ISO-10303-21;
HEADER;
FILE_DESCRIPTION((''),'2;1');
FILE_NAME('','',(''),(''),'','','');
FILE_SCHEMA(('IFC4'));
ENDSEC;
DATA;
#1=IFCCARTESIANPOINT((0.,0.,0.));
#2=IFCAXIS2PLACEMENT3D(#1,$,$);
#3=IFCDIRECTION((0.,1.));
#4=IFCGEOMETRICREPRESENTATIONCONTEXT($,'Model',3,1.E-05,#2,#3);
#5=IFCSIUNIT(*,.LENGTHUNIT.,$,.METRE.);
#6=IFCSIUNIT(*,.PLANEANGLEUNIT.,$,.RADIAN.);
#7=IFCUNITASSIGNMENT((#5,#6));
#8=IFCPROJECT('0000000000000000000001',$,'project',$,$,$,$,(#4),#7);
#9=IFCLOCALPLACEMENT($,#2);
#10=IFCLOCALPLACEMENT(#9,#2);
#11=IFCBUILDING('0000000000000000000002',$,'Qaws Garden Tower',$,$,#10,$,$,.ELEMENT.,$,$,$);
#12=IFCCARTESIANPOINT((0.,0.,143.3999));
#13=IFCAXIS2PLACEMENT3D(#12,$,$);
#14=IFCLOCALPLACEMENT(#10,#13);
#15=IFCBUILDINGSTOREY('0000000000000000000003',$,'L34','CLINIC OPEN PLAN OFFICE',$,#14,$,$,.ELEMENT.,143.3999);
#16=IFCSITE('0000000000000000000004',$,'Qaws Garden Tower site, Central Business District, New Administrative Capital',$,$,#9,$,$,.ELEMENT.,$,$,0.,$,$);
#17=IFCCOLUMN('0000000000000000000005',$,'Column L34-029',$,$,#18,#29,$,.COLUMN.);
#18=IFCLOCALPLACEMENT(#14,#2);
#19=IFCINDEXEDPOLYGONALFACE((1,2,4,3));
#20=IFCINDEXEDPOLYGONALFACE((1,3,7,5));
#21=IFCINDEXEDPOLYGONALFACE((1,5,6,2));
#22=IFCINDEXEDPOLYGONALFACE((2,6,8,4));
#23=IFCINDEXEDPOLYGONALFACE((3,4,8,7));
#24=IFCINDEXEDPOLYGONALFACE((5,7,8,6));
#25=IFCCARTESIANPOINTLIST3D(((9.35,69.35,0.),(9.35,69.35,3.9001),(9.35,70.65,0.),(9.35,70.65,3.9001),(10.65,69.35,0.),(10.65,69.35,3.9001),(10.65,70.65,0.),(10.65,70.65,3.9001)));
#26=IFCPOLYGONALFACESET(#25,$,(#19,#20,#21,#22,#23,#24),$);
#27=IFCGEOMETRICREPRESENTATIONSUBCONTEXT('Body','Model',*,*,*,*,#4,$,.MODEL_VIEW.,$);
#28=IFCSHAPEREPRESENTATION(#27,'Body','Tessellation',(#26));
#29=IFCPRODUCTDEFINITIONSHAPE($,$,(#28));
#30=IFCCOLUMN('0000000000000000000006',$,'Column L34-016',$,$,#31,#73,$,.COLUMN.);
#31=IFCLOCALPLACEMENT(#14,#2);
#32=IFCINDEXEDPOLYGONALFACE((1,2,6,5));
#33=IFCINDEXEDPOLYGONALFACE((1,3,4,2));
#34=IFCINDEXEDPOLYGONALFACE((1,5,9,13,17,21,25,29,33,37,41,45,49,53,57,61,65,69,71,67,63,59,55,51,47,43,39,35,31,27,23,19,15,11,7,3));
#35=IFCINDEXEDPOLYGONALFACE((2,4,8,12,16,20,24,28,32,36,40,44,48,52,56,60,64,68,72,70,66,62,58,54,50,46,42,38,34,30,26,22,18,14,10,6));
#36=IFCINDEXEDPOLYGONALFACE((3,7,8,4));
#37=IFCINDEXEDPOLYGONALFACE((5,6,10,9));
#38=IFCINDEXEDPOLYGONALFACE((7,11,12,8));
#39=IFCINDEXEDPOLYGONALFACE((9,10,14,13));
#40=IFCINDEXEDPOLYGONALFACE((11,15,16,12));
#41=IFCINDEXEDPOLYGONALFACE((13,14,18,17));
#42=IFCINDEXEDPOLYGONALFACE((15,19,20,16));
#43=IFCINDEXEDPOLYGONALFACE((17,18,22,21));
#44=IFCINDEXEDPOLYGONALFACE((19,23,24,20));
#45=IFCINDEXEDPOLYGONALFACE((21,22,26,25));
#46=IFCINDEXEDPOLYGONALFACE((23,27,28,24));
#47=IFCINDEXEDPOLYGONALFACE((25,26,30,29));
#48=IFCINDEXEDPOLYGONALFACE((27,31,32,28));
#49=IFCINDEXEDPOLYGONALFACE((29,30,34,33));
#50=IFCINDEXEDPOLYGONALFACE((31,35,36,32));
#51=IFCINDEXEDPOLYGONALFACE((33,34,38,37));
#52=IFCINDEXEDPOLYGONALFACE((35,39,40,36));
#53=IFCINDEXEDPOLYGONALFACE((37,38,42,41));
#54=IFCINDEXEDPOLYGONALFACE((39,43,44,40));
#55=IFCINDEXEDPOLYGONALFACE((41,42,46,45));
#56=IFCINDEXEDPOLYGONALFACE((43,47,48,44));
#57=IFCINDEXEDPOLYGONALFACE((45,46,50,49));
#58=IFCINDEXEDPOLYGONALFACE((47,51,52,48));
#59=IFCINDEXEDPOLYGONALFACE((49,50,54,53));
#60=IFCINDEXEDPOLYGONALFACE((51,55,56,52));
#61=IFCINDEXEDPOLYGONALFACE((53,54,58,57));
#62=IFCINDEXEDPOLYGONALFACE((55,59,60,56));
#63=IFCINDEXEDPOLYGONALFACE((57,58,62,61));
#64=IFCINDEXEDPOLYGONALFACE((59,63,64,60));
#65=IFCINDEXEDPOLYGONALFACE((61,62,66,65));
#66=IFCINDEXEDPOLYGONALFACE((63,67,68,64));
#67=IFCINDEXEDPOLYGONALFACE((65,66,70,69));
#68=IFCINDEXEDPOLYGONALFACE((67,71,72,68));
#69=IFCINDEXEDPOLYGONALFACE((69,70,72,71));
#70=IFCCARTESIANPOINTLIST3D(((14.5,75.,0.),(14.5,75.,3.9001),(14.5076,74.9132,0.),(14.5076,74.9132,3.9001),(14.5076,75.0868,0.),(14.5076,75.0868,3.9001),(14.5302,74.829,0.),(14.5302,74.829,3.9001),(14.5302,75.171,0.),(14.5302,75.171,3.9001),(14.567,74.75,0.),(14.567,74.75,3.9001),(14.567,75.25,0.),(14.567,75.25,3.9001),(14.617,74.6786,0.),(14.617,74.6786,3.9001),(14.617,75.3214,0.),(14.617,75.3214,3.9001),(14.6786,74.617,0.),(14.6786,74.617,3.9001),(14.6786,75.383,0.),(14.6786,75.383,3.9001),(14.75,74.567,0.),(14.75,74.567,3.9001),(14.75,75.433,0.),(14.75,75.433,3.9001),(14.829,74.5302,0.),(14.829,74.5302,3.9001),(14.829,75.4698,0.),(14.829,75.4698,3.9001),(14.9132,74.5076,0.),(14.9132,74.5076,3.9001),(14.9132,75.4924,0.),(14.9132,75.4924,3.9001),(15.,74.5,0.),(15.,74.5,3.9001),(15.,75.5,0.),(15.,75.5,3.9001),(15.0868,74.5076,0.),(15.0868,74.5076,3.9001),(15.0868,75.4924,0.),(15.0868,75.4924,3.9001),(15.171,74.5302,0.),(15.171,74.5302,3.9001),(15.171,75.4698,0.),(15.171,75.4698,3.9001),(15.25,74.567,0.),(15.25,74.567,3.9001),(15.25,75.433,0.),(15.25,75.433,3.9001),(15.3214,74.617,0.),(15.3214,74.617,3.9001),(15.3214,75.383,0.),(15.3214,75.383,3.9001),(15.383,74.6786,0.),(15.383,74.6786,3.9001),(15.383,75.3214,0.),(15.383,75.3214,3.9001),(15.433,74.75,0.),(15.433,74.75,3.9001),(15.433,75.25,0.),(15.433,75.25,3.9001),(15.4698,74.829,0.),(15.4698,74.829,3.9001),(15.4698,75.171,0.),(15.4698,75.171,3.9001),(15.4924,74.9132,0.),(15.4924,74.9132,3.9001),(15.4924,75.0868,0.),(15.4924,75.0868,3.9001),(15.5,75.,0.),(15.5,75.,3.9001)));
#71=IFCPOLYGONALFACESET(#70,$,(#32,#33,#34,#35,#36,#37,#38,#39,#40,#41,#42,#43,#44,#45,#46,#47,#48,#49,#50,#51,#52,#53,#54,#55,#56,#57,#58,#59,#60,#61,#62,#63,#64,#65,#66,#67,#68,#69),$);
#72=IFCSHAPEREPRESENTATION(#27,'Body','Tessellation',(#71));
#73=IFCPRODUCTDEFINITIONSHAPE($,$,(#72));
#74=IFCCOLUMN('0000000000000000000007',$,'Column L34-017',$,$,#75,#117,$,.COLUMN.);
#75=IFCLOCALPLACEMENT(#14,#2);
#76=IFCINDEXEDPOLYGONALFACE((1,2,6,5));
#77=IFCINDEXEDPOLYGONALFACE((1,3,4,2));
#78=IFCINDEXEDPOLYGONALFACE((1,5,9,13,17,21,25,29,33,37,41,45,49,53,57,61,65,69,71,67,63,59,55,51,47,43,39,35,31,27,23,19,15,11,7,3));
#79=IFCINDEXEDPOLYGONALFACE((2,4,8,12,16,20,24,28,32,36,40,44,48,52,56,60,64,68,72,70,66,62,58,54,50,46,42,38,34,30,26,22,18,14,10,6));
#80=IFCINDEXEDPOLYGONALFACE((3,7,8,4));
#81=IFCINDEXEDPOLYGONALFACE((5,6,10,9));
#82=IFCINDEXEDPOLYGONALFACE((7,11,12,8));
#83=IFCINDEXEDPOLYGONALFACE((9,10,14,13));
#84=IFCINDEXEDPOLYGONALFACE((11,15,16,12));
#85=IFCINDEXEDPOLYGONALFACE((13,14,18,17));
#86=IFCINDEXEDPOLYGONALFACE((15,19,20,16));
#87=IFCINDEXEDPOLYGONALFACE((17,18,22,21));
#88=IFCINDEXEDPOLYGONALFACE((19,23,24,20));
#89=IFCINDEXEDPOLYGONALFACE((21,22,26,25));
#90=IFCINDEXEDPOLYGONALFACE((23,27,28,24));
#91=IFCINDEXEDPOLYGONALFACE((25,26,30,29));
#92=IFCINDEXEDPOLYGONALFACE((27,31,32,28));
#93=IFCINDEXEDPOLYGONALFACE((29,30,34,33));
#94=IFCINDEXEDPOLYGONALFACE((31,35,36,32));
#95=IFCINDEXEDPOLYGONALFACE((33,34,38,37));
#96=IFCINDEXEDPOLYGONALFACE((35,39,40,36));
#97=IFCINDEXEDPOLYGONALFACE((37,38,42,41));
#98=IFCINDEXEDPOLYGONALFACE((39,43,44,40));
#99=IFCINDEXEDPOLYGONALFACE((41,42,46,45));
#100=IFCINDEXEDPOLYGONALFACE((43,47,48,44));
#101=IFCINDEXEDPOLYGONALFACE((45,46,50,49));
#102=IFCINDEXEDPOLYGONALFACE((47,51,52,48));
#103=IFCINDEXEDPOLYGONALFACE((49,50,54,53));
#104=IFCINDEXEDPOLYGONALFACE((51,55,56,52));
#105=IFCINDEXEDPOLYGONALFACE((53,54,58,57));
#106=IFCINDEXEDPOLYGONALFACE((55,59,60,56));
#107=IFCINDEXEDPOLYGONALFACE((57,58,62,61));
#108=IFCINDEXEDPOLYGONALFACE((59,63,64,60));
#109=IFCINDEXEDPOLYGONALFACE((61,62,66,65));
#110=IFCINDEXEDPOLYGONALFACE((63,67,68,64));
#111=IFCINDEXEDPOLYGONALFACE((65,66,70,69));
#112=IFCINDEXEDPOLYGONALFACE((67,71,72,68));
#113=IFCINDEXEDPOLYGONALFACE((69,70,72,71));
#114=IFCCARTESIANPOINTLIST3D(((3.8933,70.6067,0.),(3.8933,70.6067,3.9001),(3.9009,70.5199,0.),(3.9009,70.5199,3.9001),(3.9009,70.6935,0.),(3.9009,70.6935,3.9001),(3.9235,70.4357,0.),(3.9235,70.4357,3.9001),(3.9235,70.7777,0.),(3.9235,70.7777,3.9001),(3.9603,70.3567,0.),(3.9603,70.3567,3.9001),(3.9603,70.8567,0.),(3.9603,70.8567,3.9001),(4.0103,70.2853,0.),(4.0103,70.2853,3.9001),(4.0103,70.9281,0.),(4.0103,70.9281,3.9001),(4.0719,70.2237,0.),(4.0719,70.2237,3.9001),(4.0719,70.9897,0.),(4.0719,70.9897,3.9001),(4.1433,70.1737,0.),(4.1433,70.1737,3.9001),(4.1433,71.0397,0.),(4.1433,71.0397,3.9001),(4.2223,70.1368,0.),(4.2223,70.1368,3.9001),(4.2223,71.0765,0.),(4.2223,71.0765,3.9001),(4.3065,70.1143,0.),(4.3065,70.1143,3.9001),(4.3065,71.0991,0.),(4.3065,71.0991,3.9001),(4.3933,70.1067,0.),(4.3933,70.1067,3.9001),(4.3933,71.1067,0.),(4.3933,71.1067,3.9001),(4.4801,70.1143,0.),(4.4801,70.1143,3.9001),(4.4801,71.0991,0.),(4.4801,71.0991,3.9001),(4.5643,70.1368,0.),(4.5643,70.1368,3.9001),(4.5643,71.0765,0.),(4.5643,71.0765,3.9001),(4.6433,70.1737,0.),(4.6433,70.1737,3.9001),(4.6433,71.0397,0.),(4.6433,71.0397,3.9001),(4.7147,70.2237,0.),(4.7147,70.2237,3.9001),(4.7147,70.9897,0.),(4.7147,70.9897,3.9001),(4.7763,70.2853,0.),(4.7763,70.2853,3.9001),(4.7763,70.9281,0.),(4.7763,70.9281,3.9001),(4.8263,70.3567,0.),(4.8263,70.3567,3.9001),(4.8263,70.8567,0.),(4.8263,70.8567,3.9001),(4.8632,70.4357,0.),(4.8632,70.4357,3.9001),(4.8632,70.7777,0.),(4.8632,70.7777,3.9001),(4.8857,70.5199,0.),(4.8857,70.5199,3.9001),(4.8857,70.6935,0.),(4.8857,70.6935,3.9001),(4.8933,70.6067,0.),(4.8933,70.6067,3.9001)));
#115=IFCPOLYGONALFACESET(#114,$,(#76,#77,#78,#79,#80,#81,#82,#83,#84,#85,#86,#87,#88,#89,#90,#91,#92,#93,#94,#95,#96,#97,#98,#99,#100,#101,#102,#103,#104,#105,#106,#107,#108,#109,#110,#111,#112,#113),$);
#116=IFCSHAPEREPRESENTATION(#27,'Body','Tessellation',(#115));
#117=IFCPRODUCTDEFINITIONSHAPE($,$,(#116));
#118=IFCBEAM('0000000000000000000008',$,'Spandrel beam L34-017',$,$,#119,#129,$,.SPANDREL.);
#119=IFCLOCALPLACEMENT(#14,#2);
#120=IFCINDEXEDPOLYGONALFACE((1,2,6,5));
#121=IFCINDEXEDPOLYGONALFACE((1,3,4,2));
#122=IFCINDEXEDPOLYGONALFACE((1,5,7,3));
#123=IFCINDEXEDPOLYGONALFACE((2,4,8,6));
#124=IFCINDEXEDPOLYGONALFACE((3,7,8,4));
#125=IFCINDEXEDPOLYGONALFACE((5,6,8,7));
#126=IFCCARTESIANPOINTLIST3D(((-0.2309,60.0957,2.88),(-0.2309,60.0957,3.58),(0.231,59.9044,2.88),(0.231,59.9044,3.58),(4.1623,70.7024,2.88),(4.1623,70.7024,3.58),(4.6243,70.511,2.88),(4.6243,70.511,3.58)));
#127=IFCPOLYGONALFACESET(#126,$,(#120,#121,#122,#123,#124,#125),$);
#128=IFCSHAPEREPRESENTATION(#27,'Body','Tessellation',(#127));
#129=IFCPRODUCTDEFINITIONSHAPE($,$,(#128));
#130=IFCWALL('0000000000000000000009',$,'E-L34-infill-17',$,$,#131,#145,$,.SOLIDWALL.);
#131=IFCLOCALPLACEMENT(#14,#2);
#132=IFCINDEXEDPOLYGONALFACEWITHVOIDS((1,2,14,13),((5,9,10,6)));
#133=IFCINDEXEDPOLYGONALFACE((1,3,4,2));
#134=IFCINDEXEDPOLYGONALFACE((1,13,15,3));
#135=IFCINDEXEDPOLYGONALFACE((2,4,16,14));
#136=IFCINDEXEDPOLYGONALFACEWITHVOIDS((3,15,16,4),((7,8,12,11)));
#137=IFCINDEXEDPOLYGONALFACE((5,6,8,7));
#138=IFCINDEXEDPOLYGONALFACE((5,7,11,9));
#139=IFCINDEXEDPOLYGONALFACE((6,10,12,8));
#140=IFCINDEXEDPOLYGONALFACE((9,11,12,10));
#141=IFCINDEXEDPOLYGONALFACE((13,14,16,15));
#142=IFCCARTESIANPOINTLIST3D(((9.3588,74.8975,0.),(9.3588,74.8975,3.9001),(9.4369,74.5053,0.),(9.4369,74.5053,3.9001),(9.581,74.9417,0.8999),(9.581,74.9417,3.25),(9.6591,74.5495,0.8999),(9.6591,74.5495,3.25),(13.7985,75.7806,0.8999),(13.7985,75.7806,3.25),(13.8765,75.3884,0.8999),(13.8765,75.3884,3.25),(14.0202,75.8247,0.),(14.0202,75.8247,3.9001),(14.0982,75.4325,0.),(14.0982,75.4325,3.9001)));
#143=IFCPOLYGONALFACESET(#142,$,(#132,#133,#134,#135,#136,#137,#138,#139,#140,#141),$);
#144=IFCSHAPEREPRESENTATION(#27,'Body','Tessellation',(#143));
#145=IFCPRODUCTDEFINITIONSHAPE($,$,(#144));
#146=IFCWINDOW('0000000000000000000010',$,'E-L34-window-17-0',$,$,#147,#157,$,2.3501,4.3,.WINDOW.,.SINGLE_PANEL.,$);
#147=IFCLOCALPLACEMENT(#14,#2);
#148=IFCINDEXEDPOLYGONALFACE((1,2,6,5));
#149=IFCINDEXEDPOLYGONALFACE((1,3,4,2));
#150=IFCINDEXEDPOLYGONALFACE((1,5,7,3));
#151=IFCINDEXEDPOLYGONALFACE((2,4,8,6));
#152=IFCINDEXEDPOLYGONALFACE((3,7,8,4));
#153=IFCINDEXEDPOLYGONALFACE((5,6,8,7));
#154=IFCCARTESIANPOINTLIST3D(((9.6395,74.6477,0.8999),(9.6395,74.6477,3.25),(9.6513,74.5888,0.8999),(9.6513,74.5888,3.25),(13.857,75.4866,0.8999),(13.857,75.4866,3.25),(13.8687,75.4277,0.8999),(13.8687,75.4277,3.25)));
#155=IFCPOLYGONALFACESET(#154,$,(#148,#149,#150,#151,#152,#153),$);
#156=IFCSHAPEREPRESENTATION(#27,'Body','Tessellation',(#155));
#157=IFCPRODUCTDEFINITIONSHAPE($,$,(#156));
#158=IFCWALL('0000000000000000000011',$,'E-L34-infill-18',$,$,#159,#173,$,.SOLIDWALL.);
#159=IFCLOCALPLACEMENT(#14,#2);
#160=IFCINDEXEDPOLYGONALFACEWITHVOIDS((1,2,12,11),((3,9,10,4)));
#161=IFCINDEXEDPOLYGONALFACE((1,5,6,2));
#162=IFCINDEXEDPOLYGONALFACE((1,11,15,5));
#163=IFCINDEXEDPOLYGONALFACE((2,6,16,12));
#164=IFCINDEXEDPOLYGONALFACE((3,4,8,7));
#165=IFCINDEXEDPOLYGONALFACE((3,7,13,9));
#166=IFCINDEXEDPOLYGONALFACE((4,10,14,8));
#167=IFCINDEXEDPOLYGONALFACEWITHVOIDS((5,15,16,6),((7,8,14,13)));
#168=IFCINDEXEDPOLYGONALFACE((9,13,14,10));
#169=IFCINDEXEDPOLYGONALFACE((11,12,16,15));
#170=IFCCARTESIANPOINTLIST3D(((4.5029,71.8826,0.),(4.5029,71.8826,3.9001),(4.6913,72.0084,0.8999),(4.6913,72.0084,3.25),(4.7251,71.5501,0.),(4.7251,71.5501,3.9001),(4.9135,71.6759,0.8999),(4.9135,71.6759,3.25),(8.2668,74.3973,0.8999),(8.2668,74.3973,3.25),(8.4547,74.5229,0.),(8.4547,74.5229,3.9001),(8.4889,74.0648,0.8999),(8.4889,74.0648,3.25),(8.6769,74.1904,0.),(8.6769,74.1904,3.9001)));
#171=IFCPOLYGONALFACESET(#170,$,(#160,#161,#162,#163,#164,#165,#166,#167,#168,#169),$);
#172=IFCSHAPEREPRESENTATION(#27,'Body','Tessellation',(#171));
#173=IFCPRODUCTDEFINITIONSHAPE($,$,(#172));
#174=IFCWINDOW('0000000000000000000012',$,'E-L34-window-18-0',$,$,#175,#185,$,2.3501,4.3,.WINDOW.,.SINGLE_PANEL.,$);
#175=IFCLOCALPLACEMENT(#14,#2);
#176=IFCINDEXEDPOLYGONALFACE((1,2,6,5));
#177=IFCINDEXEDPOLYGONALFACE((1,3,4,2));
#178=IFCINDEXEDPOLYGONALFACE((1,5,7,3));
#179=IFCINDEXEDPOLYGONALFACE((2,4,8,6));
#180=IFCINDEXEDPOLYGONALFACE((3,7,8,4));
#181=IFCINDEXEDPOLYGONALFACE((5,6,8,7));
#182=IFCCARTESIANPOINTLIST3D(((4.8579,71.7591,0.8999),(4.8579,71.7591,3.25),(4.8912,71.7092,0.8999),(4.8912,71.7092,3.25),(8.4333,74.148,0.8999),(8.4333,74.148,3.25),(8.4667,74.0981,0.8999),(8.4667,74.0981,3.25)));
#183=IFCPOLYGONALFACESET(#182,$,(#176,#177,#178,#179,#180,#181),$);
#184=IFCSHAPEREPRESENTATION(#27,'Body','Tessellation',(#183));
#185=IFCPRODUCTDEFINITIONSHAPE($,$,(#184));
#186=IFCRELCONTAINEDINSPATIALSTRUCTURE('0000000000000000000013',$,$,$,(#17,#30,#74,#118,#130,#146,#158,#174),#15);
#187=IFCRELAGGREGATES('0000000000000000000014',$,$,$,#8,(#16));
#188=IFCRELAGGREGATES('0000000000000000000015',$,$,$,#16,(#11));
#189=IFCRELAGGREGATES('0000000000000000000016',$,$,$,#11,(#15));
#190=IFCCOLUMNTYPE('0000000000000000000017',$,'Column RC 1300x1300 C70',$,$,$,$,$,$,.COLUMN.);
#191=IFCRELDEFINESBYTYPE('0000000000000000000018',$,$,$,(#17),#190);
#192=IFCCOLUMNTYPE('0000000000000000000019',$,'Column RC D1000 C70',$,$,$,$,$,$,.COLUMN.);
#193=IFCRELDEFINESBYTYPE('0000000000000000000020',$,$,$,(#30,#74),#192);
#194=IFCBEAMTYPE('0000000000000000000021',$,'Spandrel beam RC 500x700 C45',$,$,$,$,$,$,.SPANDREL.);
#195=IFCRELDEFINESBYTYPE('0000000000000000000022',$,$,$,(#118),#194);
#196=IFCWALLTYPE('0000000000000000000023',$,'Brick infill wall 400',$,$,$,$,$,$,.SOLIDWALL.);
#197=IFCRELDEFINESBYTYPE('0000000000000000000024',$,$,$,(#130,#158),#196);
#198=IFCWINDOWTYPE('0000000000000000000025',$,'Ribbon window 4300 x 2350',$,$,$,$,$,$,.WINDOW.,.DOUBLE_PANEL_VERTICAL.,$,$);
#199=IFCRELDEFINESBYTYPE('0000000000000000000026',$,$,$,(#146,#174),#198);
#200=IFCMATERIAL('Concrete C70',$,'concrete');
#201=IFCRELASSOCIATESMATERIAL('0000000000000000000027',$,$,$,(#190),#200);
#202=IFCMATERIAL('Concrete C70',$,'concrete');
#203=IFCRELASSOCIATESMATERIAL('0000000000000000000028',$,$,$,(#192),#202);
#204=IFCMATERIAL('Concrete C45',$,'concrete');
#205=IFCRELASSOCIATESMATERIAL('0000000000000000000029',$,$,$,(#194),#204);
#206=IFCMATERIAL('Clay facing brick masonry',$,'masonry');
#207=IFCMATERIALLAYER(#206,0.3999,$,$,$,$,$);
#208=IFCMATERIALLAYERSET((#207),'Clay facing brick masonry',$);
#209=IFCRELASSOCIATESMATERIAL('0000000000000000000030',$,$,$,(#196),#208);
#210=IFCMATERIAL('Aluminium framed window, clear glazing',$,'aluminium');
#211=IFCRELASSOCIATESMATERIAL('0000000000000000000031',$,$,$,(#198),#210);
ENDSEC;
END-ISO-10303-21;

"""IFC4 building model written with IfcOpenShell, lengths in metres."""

from ifc_helpers import new_model, si_unit, direction, frame, frame_2d, origin, origin_2d, place, context, subcontext, project, spatial, rectangle, circle, extrude, material, layer, layer_set, material_profile, profile_set, type_object, element, fill, save


model = new_model("IFC4")

# Units and contexts
model_context = context("Model", 3, precision=1e-05, world=origin(), true_north=direction((0.0, 1.0)))
body_context = subcontext(model_context, "Body", "Model", "MODEL_VIEW")
ifc_project = project(units=[si_unit("LENGTHUNIT", "METRE"), si_unit("PLANEANGLEUNIT", "RADIAN")], contexts=[model_context])

# Site, building, storey
site_placement = place(None, origin())
site = spatial("IfcSite", under=ifc_project, at=site_placement, Name="Qaws Garden Tower site, Central Business District, New Administrative Capital", CompositionType="ELEMENT", RefElevation=0.0)
building_placement = place(site_placement, origin())
building = spatial("IfcBuilding", under=site, at=building_placement, Name="Qaws Garden Tower", CompositionType="ELEMENT")
storey_placement = place(building_placement, frame((0.0, 0.0, 143.3999)))
storey = spatial("IfcBuildingStorey", under=building, at=storey_placement, Name="L34", Description="CLINIC OPEN PLAN OFFICE", CompositionType="ELEMENT", Elevation=143.3999)

# Columns
ifc_material_1 = material(Name="Concrete C70", Category="concrete")
ifc_material_profile_1 = material_profile(ifc_material_1, rectangle(XDim=1.3, YDim=1.3, at=origin_2d()), Name="RC 1300x1300")
ifc_profile_set_1 = profile_set([ifc_material_profile_1], Name="Concrete C70")
column_type_1 = type_object("IfcColumnType", Name="Column RC 1300x1300 C70", PredefinedType="COLUMN", material=ifc_profile_set_1)
column_placement = place(storey_placement, frame((10.0, 70.0, 0.0), z_axis=(0.0, 0.0, 1.0), x_axis=(1.0, 0.0, 0.0)))
element("IfcColumn", 1, at=column_placement, inside=storey, type_object=column_type_1, Name="Column L34-029", PredefinedType="COLUMN", context=body_context, shape_type="SweptSolid", body=[
    extrude(rectangle(XDim=1.3, YDim=1.3, at=origin_2d()), origin(), (0.0, 0.0, 1.0), 3.9001),
])
ifc_material_2 = material(Name="Concrete C70", Category="concrete")
ifc_material_profile_2 = material_profile(ifc_material_2, circle(Radius=0.5, at=origin_2d()), Name="RC D1000")
ifc_profile_set_2 = profile_set([ifc_material_profile_2], Name="Concrete C70")
column_type_2 = type_object("IfcColumnType", Name="Column RC D1000 C70", PredefinedType="COLUMN", material=ifc_profile_set_2)
for number, where, z_axis, x_axis, name in (
    (2, (15.0, 75.0, 0.0), (0.0, 0.0, 1.0), (1.0, 0.0, 0.0), "Column L34-016"),
    (3, (4.3933, 70.6067, 0.0), (0.0, 0.0, 1.0), (1.0, 0.0, 0.0), "Column L34-017"),
):
    element("IfcColumn", number, at=place(storey_placement, frame(where, z_axis=z_axis, x_axis=x_axis)), inside=storey, type_object=column_type_2, Name=name, PredefinedType="COLUMN", context=body_context, shape_type="SweptSolid", body=[
        extrude(circle(Radius=0.5, at=origin_2d()), origin(), (0.0, 0.0, 1.0), 3.9001),
    ])

# Beam
ifc_material_3 = material(Name="Concrete C45", Category="concrete")
ifc_material_profile_3 = material_profile(ifc_material_3, rectangle(XDim=0.5, YDim=0.7, at=origin_2d()), Name="RC 500x700")
ifc_profile_set_3 = profile_set([ifc_material_profile_3], Name="Concrete C45")
beam_type = type_object("IfcBeamType", Name="Spandrel beam RC 500x700 C45", PredefinedType="SPANDREL", material=ifc_profile_set_3)
beam_placement = place(storey_placement, frame((4.3933, 70.6067, 3.23), z_axis=(-0.382674, -0.923883, 0.0), x_axis=(0.923883, -0.382674, 0.0)))
element("IfcBeam", 4, at=beam_placement, inside=storey, type_object=beam_type, Name="Spandrel beam L34-017", PredefinedType="SPANDREL", context=body_context, shape_type="SweptSolid", body=[
    extrude(rectangle(XDim=0.5, YDim=0.7, at=origin_2d()), origin(), (0.0, 0.0, 1.0), 11.4805),
])

# Walls, openings, windows
ifc_material_4 = material(Name="Clay facing brick masonry", Category="masonry")
ifc_layer_1 = layer(ifc_material_4, 0.3999)
ifc_layer_set_1 = layer_set([ifc_layer_1], Name="Clay facing brick masonry")
wall_type_1 = type_object("IfcWallType", Name="Brick infill wall 400", PredefinedType="SOLIDWALL", material=ifc_layer_set_1)
wall_1_placement = place(storey_placement, frame((14.0593, 75.6287, 0.0), z_axis=(0.0, 0.0, 1.0), x_axis=(-0.980784, -0.195099, 0.0)))
wall_1 = element("IfcWall", 5, at=wall_1_placement, inside=storey, type_object=wall_type_1, Name="E-L34-infill-17", PredefinedType="SOLIDWALL", context=body_context, shape_type="SweptSolid", body=[
    extrude(rectangle(XDim=4.7527, YDim=0.3999, at=frame_2d((2.3765, 0.0))), origin(), (0.0, 0.0, 1.0), 3.9001),
])
opening_1_placement = place(wall_1_placement, frame((0.2263, 0.0, 0.8999)))
opening_1 = element("IfcOpeningElement", 6, at=opening_1_placement, cuts=wall_1, PredefinedType="OPENING", context=body_context, shape_type="SweptSolid", body=[
    extrude(rectangle(XDim=4.3, YDim=2.3501, at=frame_2d((2.1499, 1.175))), frame((0.0, 0.21, 0.0), z_axis=(0.0, -1.0, 0.0), x_axis=(1.0, 0.0, 0.0)), (0.0, 0.0, 1.0), 0.4199),
])
ifc_material_5 = material(Name="Aluminium framed window, clear glazing", Category="aluminium")
window_type = type_object("IfcWindowType", Name="Ribbon window 4300 x 2350", PartitioningType="DOUBLE_PANEL_VERTICAL", PredefinedType="WINDOW", material=ifc_material_5)
window_1_placement = place(opening_1_placement, origin())
window_1 = element("IfcWindow", 7, at=window_1_placement, inside=storey, type_object=window_type, Name="E-L34-window-17-0", OverallHeight=2.3501, OverallWidth=4.3, PartitioningType="SINGLE_PANEL", PredefinedType="WINDOW", context=body_context, shape_type="SweptSolid", body=[
    extrude(rectangle(XDim=4.3, YDim=2.3501, at=frame_2d((2.1499, 1.175))), frame((0.0, 0.1599, 0.0), z_axis=(0.0, -1.0, 0.0), x_axis=(1.0, 0.0, 0.0)), (0.0, 0.0, 1.0), 0.0601),
])
fill(opening_1, window_1)
wall_2_placement = place(storey_placement, frame((8.5659, 74.3567, 0.0), z_axis=(0.0, 0.0, 1.0), x_axis=(-0.831489, -0.555542, 0.0)))
wall_2 = element("IfcWall", 8, at=wall_2_placement, inside=storey, type_object=wall_type_1, Name="E-L34-infill-18", PredefinedType="SOLIDWALL", context=body_context, shape_type="SweptSolid", body=[
    extrude(rectangle(XDim=4.7527, YDim=0.3999, at=frame_2d((2.3765, 0.0))), origin(), (0.0, 0.0, 1.0), 3.9001),
])
opening_2_placement = place(wall_2_placement, frame((0.2263, 0.0, 0.8999)))
opening_2 = element("IfcOpeningElement", 9, at=opening_2_placement, cuts=wall_2, PredefinedType="OPENING", context=body_context, shape_type="SweptSolid", body=[
    extrude(rectangle(XDim=4.3, YDim=2.3501, at=frame_2d((2.1499, 1.175))), frame((0.0, 0.21, 0.0), z_axis=(0.0, -1.0, 0.0), x_axis=(1.0, 0.0, 0.0)), (0.0, 0.0, 1.0), 0.4199),
])
window_2_placement = place(opening_2_placement, origin())
window_2 = element("IfcWindow", 10, at=window_2_placement, inside=storey, type_object=window_type, Name="E-L34-window-18-0", OverallHeight=2.3501, OverallWidth=4.3, PartitioningType="SINGLE_PANEL", PredefinedType="WINDOW", context=body_context, shape_type="SweptSolid", body=[
    extrude(rectangle(XDim=4.3, YDim=2.3501, at=frame_2d((2.1499, 1.175))), frame((0.0, 0.1599, 0.0), z_axis=(0.0, -1.0, 0.0), x_axis=(1.0, 0.0, 0.0)), (0.0, 0.0, 1.0), 0.0601),
])
fill(opening_2, window_2)

save(model, "model.ifc")
